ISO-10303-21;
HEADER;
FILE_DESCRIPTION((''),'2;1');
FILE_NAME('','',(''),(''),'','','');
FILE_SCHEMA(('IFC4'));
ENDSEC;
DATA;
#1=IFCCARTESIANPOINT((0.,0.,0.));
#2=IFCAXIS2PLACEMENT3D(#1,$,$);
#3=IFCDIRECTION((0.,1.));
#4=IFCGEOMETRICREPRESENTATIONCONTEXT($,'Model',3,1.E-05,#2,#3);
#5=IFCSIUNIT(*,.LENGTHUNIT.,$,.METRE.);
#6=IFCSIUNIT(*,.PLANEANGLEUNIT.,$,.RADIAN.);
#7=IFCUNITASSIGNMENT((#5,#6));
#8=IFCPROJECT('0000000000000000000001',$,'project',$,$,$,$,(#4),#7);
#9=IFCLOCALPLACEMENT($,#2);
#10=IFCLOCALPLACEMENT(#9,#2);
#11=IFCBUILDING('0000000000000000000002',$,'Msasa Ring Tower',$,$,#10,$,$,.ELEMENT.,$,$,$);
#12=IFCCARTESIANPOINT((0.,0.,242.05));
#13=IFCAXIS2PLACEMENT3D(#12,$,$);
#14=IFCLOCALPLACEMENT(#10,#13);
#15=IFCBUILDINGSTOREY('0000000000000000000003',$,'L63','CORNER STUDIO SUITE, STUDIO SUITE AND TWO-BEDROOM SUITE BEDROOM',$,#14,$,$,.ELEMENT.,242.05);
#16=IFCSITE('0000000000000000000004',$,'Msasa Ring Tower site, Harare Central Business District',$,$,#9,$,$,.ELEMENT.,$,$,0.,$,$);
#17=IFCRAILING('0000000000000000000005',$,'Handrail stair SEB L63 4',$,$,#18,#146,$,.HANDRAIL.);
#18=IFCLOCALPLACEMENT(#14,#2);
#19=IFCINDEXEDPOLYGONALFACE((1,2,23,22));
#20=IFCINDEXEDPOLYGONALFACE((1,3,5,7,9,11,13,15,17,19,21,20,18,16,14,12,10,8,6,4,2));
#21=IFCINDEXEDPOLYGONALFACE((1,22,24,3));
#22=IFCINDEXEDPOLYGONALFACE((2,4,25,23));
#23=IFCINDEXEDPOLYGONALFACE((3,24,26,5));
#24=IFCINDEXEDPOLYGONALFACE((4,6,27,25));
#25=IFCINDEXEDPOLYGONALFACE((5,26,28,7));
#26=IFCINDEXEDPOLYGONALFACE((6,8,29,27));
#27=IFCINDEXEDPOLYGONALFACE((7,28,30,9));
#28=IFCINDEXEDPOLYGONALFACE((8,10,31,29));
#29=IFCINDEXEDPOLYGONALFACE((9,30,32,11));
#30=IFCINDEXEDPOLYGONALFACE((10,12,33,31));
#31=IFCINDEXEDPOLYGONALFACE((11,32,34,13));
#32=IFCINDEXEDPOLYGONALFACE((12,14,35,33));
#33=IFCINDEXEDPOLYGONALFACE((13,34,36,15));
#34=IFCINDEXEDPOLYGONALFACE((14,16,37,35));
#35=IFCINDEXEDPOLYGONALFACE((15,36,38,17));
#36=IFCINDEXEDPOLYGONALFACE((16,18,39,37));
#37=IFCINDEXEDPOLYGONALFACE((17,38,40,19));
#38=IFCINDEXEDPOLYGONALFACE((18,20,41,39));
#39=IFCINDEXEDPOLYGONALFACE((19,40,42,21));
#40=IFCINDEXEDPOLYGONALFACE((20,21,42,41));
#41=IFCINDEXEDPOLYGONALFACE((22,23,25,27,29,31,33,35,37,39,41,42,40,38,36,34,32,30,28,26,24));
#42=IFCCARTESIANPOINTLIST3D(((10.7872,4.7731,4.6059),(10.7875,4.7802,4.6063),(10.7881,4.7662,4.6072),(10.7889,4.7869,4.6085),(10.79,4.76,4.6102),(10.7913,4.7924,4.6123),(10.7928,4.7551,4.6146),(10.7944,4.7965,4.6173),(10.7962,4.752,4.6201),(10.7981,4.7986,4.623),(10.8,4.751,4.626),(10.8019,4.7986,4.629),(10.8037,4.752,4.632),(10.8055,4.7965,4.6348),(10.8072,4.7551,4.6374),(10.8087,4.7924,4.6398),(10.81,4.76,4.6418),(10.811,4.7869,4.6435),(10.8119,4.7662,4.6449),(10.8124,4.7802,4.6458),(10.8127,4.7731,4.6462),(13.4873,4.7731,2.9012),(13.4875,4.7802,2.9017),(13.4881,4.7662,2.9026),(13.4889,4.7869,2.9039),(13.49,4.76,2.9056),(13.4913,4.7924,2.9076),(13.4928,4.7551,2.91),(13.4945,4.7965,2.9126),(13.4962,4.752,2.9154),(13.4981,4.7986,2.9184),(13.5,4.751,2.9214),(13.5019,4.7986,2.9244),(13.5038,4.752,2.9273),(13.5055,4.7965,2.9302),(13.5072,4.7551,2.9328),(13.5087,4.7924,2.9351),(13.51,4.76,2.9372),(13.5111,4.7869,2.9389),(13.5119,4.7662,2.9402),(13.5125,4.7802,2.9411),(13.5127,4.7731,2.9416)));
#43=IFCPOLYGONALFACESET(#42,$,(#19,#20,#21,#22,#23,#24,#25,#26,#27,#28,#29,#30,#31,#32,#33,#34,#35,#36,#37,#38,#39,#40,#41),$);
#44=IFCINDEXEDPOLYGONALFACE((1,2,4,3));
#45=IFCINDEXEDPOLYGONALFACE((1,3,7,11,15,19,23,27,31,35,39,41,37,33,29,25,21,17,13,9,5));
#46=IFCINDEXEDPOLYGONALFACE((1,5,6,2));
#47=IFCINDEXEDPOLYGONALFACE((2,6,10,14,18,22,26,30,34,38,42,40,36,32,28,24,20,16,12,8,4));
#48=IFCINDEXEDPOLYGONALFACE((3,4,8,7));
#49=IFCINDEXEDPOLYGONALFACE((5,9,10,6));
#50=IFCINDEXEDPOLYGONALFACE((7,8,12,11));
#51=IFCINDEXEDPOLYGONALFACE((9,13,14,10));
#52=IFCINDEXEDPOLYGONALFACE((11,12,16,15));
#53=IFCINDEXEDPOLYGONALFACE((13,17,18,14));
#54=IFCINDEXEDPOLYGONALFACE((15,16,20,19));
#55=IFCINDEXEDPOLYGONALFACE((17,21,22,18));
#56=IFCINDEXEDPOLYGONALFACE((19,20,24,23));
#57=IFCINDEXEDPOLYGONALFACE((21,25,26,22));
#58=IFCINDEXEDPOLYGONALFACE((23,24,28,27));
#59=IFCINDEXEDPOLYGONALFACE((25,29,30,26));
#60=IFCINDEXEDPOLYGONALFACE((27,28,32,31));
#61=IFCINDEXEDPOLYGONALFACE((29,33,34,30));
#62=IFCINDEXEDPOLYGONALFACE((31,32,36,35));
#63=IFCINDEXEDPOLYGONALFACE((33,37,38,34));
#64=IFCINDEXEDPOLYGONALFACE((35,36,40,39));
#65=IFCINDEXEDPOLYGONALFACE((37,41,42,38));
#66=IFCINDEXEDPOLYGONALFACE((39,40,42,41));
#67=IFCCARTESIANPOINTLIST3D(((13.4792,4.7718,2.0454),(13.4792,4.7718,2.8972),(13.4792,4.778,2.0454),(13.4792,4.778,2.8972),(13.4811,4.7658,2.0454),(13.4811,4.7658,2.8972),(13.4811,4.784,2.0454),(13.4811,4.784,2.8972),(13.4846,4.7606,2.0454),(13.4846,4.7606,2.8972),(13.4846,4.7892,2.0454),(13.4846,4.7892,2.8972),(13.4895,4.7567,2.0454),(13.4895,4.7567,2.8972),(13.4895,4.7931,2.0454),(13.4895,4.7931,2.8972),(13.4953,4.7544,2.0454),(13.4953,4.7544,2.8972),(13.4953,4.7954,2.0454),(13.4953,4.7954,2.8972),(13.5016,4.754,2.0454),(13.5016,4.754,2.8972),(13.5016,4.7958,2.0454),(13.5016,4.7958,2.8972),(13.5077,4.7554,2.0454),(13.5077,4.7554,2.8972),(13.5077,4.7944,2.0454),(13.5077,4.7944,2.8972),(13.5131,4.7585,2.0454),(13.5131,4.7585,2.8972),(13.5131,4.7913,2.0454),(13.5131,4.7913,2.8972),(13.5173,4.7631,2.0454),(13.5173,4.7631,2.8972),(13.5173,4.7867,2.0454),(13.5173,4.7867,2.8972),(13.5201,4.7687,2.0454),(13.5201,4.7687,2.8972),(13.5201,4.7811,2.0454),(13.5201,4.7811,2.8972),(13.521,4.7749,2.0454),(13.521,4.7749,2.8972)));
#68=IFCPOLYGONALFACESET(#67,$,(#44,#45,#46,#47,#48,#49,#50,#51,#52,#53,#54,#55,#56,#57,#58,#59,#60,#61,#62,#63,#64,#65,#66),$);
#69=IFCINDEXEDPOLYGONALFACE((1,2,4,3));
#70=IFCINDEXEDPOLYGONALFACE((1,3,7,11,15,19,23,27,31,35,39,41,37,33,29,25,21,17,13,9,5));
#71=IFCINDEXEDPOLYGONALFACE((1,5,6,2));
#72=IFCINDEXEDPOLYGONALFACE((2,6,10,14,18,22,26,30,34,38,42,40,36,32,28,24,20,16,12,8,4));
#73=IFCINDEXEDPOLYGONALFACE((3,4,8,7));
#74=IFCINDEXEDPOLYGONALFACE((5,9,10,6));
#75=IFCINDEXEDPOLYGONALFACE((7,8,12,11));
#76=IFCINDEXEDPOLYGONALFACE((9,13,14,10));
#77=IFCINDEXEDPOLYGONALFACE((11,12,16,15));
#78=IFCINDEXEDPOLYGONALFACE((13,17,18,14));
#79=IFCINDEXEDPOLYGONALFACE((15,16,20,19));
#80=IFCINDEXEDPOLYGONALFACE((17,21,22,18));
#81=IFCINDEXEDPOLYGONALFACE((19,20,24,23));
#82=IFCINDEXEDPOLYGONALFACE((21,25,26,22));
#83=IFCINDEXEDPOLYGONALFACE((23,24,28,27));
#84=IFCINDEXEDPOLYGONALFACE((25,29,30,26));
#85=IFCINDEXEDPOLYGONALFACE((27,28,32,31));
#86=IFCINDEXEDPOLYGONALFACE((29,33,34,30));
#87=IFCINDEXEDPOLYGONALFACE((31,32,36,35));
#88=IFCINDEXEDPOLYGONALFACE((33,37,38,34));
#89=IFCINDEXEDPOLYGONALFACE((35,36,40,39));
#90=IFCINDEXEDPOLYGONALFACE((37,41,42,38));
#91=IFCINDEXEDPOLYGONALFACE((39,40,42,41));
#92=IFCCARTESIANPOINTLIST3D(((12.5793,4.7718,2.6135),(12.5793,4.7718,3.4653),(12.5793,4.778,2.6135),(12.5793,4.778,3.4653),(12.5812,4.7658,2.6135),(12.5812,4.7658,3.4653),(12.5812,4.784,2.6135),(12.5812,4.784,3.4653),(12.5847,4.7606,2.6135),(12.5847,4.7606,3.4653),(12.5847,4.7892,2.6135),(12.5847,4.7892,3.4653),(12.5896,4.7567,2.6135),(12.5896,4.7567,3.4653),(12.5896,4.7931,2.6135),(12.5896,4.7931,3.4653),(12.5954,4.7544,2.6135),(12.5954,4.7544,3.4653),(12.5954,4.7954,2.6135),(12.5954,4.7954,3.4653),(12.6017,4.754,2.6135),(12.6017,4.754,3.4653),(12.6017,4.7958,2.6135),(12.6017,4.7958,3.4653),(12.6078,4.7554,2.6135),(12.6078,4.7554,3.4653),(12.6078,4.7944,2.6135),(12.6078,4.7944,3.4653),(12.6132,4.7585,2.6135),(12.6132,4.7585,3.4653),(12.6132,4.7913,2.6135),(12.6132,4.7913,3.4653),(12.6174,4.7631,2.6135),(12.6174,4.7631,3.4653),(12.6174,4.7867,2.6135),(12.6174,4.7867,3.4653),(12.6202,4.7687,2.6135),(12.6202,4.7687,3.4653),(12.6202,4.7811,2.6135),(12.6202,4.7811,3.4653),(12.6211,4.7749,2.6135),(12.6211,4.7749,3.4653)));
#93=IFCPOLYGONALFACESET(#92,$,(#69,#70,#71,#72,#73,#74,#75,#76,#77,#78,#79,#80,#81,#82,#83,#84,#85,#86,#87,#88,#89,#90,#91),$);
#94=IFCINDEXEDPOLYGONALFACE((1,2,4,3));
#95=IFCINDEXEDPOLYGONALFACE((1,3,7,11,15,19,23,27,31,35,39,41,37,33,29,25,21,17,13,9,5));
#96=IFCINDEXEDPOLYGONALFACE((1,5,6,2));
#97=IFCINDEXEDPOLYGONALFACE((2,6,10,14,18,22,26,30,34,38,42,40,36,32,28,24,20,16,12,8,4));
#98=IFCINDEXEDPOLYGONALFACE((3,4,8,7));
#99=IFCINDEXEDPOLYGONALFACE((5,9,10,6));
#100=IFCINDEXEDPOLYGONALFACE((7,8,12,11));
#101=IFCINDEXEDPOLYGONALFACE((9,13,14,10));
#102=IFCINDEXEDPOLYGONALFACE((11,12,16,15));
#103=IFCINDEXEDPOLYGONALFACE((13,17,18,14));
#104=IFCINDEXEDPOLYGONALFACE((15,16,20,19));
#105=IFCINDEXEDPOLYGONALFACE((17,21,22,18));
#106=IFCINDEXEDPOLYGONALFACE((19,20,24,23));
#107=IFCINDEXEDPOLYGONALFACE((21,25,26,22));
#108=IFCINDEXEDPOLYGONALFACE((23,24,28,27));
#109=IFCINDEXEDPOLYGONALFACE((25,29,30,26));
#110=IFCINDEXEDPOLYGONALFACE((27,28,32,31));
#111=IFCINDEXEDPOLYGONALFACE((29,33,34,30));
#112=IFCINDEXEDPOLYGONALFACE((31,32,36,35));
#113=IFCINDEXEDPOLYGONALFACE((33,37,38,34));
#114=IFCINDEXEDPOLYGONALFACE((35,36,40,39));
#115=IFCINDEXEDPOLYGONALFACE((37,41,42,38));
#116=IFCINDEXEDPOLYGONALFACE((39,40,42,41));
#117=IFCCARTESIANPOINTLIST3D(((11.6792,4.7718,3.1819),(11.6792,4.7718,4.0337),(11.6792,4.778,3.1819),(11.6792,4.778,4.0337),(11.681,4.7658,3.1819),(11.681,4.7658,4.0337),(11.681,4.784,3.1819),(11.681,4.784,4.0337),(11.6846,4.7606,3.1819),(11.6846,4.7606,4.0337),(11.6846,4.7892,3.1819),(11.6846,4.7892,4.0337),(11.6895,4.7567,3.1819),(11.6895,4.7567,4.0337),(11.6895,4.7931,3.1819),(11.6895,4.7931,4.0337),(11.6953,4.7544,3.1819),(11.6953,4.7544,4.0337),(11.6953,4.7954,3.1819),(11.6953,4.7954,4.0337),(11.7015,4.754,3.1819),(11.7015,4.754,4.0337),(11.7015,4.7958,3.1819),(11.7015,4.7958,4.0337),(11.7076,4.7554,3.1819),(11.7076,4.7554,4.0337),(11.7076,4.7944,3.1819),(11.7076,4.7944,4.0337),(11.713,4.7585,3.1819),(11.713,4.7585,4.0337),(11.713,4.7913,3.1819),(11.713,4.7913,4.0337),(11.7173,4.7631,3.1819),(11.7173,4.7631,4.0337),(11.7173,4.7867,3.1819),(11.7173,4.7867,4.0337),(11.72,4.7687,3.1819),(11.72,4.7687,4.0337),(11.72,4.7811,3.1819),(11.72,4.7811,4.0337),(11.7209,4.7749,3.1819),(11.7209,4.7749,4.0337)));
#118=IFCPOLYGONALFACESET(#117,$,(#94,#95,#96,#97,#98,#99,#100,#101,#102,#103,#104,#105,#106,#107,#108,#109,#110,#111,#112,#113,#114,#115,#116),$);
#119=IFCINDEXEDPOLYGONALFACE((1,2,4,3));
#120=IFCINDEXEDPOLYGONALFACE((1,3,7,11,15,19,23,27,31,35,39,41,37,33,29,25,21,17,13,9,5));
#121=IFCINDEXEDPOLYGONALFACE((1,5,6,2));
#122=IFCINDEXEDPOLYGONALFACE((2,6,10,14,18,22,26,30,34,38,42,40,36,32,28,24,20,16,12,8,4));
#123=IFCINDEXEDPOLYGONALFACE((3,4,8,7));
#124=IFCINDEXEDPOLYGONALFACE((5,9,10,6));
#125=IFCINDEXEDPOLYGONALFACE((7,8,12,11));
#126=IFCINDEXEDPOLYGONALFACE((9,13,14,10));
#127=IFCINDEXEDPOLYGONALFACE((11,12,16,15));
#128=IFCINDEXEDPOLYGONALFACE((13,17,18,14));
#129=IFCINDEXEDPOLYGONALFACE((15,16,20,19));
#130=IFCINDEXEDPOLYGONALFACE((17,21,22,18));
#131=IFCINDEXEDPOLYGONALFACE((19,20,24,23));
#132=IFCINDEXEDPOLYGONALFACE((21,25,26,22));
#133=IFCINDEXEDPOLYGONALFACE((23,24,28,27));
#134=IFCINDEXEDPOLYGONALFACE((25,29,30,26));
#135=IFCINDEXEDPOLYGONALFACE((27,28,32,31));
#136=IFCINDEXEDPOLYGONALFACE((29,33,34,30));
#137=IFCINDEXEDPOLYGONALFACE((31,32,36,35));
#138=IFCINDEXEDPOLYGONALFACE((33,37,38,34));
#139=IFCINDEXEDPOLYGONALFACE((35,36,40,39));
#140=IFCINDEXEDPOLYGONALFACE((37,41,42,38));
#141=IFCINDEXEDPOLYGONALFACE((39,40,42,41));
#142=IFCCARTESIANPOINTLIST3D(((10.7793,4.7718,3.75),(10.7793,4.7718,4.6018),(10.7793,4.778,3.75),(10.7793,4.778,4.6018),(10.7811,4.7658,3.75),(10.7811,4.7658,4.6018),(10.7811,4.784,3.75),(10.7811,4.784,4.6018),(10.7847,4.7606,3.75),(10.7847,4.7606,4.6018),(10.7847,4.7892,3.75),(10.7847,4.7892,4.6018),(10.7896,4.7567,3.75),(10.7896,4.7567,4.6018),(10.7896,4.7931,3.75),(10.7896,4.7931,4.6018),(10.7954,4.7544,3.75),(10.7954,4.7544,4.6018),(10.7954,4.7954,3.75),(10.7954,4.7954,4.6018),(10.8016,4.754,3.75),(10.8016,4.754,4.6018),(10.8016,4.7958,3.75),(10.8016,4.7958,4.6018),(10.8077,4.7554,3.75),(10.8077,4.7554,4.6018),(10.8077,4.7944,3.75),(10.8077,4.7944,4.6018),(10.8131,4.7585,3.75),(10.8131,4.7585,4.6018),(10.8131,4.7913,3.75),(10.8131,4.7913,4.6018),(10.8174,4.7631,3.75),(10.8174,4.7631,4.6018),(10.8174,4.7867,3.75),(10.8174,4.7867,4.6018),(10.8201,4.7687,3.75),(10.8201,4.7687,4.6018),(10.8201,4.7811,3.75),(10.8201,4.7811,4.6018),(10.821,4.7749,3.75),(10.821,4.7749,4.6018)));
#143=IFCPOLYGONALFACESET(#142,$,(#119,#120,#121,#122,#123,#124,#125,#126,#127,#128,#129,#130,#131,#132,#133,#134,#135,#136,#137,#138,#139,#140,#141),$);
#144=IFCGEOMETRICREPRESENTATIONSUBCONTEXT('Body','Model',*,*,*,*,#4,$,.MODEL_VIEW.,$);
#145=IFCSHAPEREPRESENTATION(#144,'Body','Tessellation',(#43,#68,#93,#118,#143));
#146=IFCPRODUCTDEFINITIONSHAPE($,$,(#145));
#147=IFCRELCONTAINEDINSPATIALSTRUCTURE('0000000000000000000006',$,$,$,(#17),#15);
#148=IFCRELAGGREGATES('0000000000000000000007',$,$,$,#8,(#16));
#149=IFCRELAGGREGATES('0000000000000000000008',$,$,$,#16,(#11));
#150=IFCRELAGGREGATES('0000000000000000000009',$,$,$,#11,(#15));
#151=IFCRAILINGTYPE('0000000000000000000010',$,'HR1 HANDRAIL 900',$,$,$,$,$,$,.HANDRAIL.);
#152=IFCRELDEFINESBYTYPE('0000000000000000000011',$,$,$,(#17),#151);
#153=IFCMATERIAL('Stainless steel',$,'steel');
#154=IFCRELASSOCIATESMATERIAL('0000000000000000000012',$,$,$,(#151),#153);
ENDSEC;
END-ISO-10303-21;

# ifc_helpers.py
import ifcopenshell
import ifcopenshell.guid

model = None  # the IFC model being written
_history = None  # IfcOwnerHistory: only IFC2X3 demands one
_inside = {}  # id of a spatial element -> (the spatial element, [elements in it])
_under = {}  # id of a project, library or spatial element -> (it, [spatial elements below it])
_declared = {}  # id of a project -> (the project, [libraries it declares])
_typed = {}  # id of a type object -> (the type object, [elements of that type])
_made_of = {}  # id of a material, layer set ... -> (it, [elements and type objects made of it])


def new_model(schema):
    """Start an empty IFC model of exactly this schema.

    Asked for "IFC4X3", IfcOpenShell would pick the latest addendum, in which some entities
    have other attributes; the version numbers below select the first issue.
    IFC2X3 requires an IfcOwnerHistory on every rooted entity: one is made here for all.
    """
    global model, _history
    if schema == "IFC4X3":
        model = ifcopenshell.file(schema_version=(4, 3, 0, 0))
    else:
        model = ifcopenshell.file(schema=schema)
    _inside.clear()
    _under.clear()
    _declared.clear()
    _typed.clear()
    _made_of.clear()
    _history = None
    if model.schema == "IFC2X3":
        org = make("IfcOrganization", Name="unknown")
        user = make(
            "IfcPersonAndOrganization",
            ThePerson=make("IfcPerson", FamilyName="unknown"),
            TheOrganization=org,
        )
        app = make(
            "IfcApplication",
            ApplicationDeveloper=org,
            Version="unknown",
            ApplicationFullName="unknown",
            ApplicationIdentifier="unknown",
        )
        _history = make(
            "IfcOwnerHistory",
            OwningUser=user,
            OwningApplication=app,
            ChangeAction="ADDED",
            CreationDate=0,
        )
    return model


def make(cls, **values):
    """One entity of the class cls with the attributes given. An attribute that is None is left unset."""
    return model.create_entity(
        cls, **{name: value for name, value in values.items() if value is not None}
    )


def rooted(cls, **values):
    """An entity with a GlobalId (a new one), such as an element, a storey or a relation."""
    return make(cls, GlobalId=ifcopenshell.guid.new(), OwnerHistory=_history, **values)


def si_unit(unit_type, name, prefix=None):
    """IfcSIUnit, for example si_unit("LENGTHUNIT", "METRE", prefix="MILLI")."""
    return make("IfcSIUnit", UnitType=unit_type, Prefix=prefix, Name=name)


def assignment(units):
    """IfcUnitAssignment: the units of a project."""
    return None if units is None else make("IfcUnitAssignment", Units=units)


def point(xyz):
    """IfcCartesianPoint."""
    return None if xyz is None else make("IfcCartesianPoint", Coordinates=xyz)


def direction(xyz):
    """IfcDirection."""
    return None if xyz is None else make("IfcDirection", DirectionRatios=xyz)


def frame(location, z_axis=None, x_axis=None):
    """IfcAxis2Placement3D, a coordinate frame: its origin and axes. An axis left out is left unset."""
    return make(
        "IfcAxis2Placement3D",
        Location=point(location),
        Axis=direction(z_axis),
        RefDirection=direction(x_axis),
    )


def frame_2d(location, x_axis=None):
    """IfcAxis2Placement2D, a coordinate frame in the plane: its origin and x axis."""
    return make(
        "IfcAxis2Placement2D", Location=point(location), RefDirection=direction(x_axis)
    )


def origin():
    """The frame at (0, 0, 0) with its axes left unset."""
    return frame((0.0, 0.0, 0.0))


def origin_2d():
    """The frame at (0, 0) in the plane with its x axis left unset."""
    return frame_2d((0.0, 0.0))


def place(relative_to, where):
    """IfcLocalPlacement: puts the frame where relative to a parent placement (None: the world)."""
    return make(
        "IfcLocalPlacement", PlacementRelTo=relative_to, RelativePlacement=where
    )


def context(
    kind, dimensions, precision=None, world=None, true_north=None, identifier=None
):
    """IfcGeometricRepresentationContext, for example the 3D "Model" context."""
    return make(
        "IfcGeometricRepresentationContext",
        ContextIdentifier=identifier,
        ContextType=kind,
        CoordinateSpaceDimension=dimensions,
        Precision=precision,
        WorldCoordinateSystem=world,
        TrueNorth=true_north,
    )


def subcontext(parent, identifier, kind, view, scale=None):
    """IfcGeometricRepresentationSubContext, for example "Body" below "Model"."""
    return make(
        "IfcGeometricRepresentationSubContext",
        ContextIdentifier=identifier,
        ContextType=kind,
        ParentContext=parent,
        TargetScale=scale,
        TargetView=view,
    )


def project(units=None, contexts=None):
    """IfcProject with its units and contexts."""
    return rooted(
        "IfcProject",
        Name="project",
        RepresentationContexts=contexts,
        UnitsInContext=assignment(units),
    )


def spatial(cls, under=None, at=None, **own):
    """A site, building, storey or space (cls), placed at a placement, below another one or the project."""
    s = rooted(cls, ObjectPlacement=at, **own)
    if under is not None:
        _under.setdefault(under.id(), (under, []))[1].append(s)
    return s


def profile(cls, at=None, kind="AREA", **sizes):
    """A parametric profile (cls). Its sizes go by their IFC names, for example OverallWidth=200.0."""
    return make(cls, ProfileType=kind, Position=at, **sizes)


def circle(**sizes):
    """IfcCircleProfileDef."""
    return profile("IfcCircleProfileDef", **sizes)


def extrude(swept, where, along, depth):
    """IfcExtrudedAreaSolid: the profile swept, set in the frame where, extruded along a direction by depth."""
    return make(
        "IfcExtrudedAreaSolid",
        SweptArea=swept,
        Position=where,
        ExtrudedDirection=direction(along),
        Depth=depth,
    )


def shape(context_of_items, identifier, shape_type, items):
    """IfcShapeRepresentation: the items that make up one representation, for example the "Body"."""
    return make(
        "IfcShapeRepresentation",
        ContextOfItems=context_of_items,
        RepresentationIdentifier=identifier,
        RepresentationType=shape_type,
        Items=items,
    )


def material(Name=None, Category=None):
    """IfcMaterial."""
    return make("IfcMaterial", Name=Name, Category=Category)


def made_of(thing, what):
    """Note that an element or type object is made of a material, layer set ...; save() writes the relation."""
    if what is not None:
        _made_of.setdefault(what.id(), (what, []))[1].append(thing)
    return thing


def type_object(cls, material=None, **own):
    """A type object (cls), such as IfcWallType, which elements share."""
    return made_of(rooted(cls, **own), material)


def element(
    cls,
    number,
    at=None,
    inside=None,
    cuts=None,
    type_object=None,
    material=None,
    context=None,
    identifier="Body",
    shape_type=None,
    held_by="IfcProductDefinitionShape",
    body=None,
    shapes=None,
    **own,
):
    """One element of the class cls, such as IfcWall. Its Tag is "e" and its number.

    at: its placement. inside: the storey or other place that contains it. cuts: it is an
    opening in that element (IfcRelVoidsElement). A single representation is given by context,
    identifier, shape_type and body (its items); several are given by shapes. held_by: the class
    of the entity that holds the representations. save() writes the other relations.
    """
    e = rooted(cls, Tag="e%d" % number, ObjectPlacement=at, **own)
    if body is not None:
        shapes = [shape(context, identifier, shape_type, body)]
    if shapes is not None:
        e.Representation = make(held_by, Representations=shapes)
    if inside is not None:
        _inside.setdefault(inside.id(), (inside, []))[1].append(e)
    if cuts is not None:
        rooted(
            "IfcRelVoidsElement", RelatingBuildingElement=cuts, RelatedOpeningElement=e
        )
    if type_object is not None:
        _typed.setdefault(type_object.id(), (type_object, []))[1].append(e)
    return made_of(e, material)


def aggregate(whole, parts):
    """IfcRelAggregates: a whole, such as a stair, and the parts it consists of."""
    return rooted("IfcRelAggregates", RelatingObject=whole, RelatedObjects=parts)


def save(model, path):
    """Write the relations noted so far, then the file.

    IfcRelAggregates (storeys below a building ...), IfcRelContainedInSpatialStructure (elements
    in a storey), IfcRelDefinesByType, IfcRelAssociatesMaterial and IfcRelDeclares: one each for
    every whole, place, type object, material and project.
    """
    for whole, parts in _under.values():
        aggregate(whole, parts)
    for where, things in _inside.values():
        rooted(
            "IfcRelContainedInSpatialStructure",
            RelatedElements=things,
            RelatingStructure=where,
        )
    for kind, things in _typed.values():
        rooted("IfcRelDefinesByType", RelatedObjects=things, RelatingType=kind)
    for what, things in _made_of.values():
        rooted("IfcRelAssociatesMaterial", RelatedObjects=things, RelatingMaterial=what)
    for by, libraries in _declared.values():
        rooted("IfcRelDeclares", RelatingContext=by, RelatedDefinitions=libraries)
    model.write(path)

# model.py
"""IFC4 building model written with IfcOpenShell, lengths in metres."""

from ifc_helpers import new_model, si_unit, direction, frame, origin, origin_2d, place, context, subcontext, project, spatial, circle, extrude, material, type_object, element, save


model = new_model("IFC4")

# Units and contexts
model_context = context("Model", 3, precision=1e-05, world=origin(), true_north=direction((0.0, 1.0)))
body_context = subcontext(model_context, "Body", "Model", "MODEL_VIEW")
ifc_project = project(units=[si_unit("LENGTHUNIT", "METRE"), si_unit("PLANEANGLEUNIT", "RADIAN")], contexts=[model_context])

# Site, building, storey
site_placement = place(None, origin())
site = spatial("IfcSite", under=ifc_project, at=site_placement, Name="Msasa Ring Tower site, Harare Central Business District", CompositionType="ELEMENT", RefElevation=0.0)
building_placement = place(site_placement, origin())
building = spatial("IfcBuilding", under=site, at=building_placement, Name="Msasa Ring Tower", CompositionType="ELEMENT")
storey_placement = place(building_placement, frame((0.0, 0.0, 242.05)))
storey = spatial("IfcBuildingStorey", under=building, at=storey_placement, Name="L63", Description="CORNER STUDIO SUITE, STUDIO SUITE AND TWO-BEDROOM SUITE BEDROOM", CompositionType="ELEMENT", Elevation=242.05)

# Railing
ifc_material_1 = material(Name="Stainless steel", Category="steel")
railing_type = type_object("IfcRailingType", Name="HR1 HANDRAIL 900", PredefinedType="HANDRAIL", material=ifc_material_1)
for number, where, name in (
    (1, (13.5, 4.7749, 2.0454), "Handrail stair SEB L63 4"),
):
    element("IfcRailing", number, at=place(storey_placement, frame(where)), inside=storey, type_object=railing_type, Name=name, PredefinedType="HANDRAIL", context=body_context, shape_type="SweptSolid", body=[
        extrude(circle(Radius=0.0239, at=origin_2d()), frame((0.0, 0.0, 0.876), z_axis=(-0.84558, 0.0, 0.533849), x_axis=(0.0, -1.0, 0.0)), (0.0, 0.0, 1.0), 3.1931),
        extrude(circle(Radius=0.021, at=origin_2d()), origin(), (0.0, 0.0, 1.0), 0.8518),
        extrude(circle(Radius=0.021, at=origin_2d()), frame((-0.8999, 0.0, 0.5681)), (0.0, 0.0, 1.0), 0.8518),
        extrude(circle(Radius=0.021, at=origin_2d()), frame((-1.8, 0.0, 1.1365)), (0.0, 0.0, 1.0), 0.8518),
        extrude(circle(Radius=0.021, at=origin_2d()), frame((-2.7, 0.0, 1.7046)), (0.0, 0.0, 1.0), 0.8518),
    ])

save(model, "model.ifc")
